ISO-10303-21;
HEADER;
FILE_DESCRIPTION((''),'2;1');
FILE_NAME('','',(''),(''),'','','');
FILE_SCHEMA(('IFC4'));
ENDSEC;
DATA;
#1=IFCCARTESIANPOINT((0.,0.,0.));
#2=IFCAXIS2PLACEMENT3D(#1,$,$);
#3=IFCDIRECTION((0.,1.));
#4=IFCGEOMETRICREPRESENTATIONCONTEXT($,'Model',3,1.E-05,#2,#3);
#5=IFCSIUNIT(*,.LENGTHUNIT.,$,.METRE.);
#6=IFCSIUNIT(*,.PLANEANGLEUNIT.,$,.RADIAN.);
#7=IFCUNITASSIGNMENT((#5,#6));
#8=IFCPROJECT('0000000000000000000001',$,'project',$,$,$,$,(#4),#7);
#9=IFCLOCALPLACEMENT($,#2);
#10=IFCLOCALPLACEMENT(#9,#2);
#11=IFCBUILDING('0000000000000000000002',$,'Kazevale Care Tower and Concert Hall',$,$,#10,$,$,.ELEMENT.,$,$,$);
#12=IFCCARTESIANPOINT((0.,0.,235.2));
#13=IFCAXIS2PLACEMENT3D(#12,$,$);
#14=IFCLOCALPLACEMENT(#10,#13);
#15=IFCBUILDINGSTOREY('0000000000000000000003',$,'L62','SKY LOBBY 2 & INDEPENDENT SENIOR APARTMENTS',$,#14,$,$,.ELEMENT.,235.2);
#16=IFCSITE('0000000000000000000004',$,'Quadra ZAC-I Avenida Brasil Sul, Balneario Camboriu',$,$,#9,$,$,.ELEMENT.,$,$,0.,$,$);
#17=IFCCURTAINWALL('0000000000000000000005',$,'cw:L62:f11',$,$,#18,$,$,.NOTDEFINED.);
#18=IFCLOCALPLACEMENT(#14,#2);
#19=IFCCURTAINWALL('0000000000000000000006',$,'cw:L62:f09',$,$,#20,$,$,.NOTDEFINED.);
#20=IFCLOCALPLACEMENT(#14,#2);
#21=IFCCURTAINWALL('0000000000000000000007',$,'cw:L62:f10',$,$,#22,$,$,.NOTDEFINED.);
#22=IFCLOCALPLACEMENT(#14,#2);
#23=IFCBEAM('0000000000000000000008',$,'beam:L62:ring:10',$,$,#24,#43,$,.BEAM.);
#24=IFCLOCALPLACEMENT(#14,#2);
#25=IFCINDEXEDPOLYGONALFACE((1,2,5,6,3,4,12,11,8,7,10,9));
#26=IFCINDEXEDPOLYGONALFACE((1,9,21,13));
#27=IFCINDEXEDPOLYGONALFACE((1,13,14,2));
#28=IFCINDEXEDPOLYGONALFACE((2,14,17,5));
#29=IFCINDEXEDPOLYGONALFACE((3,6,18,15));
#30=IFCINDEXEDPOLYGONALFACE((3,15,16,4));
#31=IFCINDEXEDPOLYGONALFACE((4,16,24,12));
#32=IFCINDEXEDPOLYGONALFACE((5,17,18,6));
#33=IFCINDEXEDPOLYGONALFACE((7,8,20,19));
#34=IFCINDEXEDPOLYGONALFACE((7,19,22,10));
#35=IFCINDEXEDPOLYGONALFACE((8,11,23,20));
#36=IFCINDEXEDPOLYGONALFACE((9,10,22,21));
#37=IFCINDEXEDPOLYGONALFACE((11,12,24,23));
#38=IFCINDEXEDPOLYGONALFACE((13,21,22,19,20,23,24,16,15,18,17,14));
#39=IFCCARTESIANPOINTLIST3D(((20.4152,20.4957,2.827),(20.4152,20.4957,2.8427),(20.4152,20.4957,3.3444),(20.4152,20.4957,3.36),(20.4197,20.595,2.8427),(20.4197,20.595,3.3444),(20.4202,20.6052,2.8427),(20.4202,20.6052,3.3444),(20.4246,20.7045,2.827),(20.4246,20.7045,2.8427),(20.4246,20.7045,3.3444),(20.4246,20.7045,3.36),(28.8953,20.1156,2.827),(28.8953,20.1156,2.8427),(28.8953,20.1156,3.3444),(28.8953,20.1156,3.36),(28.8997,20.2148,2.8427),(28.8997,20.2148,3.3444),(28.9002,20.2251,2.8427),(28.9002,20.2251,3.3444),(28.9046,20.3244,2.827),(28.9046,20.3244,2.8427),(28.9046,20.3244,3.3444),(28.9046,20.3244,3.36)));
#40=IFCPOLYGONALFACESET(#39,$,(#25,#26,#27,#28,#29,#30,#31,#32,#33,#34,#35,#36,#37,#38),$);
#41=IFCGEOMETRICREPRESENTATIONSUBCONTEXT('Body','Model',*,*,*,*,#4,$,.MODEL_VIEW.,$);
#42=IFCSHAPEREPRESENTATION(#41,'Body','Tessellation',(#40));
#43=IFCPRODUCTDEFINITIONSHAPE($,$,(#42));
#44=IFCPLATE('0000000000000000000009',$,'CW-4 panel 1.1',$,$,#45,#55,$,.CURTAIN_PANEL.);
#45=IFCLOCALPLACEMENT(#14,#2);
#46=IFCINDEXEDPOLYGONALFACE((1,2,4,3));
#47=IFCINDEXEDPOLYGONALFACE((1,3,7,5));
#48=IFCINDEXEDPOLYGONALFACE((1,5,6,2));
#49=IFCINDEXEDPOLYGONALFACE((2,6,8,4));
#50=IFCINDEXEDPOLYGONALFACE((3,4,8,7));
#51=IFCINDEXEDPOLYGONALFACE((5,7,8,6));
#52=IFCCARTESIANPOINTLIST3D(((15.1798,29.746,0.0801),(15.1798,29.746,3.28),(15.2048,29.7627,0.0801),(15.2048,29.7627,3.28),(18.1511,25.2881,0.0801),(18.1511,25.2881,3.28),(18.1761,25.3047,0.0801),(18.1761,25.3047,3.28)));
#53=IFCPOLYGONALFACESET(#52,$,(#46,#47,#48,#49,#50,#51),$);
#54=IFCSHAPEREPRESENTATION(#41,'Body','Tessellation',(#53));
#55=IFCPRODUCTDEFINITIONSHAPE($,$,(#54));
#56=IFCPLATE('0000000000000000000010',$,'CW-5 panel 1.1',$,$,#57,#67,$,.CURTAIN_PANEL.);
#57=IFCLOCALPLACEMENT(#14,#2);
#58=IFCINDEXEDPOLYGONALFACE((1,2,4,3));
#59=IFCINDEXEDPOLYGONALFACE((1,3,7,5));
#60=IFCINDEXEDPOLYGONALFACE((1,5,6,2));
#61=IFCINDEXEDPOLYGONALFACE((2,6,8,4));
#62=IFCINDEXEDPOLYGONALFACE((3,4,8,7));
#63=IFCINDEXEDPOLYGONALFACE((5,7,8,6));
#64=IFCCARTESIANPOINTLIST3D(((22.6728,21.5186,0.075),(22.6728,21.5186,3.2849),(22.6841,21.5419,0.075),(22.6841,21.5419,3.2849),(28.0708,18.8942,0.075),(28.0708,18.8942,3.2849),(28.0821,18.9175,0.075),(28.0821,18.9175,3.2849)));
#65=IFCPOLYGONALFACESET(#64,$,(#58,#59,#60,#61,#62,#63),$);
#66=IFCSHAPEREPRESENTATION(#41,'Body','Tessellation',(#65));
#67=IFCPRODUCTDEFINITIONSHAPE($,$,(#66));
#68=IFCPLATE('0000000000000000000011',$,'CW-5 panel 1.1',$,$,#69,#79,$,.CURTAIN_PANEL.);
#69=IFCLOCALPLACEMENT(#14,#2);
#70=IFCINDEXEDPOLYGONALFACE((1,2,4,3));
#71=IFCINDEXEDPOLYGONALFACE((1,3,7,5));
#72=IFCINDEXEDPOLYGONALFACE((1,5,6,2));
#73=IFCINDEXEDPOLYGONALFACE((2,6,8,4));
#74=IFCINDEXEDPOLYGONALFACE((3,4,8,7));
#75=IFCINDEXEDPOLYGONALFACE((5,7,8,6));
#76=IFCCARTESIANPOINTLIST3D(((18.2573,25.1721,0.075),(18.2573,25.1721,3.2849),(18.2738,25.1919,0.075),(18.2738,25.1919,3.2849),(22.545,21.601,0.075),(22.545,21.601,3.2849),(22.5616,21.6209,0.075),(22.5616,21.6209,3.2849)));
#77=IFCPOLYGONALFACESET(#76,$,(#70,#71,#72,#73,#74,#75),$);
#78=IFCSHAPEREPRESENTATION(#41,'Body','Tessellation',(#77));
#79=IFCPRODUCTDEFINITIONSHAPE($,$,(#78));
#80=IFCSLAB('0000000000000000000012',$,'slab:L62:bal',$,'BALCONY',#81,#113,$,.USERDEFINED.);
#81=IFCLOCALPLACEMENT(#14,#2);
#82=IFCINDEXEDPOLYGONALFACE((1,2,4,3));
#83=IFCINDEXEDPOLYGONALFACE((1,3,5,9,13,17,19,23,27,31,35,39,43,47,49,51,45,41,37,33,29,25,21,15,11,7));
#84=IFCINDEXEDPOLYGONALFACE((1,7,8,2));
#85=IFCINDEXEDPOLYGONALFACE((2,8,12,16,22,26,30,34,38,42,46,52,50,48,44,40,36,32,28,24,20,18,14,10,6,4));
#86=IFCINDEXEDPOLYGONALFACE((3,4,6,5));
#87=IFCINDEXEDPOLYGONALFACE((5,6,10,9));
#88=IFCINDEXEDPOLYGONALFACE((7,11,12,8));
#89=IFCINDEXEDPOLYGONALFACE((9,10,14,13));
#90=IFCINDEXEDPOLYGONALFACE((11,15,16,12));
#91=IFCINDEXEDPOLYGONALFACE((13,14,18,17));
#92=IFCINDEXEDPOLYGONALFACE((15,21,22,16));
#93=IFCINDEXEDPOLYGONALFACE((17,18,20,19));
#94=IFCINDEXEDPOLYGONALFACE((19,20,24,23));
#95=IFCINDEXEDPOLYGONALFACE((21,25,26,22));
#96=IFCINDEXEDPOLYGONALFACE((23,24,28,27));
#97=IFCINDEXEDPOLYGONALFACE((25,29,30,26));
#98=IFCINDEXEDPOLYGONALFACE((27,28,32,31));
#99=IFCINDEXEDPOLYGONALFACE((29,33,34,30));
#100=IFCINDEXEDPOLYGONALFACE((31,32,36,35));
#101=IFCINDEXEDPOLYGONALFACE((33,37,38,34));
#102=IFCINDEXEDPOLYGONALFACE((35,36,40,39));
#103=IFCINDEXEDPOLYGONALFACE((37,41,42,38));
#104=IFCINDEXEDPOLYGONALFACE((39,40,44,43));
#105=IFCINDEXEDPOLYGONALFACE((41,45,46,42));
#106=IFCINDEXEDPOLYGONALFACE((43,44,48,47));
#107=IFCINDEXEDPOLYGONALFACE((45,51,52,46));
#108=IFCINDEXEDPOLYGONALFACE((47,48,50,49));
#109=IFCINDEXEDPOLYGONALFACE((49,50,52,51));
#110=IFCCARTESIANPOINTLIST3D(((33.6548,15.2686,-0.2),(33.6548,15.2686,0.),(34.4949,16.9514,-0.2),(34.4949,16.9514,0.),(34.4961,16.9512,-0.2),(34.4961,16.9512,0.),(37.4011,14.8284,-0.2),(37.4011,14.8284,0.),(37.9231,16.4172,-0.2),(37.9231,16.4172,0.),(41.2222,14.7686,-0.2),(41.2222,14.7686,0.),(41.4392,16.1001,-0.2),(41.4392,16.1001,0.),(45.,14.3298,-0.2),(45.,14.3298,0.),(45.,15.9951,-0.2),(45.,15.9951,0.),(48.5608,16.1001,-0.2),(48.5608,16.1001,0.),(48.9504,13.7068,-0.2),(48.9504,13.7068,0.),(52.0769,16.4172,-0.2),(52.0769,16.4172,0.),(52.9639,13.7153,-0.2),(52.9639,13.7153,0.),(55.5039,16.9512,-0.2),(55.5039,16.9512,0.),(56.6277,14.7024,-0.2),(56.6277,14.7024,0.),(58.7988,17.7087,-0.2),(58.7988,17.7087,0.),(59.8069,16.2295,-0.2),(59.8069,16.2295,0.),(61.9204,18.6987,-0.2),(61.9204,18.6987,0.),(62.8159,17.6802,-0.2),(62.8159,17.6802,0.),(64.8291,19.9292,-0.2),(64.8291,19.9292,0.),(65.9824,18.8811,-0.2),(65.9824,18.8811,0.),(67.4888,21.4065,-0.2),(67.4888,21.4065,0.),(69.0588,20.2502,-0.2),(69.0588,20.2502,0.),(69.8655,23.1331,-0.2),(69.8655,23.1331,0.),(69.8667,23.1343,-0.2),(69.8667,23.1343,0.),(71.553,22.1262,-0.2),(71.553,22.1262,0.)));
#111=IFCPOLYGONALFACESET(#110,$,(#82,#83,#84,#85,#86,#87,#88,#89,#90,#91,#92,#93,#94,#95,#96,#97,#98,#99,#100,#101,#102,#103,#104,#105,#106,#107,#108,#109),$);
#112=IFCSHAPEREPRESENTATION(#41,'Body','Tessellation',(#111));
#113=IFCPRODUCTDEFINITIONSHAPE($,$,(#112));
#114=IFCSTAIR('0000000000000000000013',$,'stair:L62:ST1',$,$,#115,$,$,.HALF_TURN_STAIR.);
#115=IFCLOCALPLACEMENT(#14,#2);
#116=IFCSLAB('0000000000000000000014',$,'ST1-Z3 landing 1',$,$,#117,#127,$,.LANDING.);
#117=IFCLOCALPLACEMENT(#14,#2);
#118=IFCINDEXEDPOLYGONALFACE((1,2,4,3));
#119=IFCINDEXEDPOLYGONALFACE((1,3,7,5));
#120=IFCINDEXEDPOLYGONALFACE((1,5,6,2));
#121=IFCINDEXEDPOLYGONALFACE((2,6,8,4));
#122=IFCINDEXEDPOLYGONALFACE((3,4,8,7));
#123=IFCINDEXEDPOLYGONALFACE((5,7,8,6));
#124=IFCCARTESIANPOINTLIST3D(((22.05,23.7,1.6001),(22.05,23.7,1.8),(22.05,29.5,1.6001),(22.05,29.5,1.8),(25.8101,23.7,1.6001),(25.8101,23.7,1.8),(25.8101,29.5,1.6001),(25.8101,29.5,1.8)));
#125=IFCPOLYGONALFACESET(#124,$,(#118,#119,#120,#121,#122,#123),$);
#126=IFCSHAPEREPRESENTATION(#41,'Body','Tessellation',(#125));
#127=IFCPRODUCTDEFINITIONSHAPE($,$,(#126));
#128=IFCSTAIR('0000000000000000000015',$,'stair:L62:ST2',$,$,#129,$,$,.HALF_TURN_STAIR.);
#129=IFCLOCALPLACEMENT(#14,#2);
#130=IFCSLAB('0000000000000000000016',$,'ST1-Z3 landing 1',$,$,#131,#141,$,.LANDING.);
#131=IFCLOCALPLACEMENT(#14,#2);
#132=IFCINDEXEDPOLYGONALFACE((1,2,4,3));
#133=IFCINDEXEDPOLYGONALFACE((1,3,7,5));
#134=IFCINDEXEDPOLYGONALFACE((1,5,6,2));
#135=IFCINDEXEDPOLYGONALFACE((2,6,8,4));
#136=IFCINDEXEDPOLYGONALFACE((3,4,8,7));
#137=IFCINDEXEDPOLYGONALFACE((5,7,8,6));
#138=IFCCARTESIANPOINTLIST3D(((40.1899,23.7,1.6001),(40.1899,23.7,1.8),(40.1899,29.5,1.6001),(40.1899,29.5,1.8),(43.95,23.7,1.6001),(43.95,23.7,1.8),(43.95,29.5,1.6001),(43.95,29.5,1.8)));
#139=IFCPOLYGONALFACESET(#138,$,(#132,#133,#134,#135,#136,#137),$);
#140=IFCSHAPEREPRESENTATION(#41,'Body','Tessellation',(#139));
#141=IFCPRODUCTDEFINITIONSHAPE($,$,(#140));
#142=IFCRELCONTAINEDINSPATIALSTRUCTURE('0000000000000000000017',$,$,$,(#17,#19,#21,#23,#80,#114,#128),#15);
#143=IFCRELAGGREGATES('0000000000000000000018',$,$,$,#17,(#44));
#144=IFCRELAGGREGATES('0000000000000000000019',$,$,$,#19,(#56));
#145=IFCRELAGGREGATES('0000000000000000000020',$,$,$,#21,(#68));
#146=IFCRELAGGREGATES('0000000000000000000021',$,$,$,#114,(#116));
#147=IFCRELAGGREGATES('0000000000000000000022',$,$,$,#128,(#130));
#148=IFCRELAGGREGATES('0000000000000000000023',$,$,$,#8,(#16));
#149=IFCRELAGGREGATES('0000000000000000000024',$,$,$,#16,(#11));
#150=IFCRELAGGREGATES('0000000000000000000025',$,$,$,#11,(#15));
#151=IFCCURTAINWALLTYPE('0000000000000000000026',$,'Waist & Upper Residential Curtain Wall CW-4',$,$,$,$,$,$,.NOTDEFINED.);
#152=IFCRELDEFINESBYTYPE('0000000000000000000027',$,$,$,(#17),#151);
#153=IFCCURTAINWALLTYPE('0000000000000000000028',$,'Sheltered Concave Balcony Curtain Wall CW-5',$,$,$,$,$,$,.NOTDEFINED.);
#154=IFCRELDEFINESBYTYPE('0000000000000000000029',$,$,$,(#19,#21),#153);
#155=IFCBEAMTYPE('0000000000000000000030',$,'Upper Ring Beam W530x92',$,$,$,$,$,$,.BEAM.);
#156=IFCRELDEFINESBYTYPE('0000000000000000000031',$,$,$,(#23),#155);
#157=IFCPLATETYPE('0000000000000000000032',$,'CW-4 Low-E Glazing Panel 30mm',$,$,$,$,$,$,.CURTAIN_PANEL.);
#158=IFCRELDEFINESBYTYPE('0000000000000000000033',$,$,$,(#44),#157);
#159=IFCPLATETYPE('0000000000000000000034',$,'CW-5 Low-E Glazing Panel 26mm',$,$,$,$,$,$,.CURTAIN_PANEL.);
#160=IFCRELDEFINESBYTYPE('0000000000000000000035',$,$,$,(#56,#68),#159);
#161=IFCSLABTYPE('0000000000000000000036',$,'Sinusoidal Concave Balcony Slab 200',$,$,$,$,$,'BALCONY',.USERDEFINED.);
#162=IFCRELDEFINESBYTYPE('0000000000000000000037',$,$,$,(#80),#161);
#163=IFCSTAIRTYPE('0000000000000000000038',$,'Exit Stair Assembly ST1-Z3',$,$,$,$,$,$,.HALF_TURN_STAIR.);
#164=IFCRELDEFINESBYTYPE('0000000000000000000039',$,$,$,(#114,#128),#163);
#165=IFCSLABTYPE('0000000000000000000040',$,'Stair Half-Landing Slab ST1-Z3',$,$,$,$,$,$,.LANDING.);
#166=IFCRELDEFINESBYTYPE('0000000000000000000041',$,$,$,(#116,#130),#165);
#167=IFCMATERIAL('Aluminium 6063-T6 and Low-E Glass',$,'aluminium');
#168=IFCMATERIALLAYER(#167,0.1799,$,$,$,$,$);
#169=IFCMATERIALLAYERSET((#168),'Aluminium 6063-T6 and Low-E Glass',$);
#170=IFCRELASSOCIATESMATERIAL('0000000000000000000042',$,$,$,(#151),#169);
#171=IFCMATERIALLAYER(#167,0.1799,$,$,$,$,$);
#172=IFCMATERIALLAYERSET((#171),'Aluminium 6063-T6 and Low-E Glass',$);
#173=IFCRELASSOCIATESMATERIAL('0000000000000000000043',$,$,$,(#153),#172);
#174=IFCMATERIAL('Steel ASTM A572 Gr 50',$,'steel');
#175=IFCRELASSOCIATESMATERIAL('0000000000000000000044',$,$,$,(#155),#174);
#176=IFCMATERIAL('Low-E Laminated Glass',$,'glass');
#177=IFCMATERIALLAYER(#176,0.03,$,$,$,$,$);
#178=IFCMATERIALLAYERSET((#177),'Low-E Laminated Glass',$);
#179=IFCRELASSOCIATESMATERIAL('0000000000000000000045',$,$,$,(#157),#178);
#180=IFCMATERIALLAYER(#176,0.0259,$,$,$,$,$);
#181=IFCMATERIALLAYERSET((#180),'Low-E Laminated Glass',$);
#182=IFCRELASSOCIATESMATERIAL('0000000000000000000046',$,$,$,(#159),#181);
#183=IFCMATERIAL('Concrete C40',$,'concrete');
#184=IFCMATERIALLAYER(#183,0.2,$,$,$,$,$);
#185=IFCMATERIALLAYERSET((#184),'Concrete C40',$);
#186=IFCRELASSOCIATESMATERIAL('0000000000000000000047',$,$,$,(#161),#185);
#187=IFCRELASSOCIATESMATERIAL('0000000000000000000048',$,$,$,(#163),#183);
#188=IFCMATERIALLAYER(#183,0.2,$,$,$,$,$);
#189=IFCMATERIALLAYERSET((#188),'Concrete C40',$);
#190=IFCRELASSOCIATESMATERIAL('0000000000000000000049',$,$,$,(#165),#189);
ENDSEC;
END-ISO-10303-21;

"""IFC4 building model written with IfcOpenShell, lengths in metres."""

from ifc_helpers import new_model, si_unit, direction, frame, origin, origin_2d, place, context, subcontext, project, spatial, polyline, rectangle, i_section, outline, extrude, material, layer, layer_set, material_profile, profile_set, type_object, element, aggregate, save


model = new_model("IFC4")

# Units and contexts
model_context = context("Model", 3, precision=1e-05, world=origin(), true_north=direction((0.0, 1.0)))
body_context = subcontext(model_context, "Body", "Model", "MODEL_VIEW")
ifc_project = project(units=[si_unit("LENGTHUNIT", "METRE"), si_unit("PLANEANGLEUNIT", "RADIAN")], contexts=[model_context])

# Site, building, storey
site_placement = place(None, origin())
site = spatial("IfcSite", under=ifc_project, at=site_placement, Name="Quadra ZAC-I Avenida Brasil Sul, Balneario Camboriu", CompositionType="ELEMENT", RefElevation=0.0)
building_placement = place(site_placement, origin())
building = spatial("IfcBuilding", under=site, at=building_placement, Name="Kazevale Care Tower and Concert Hall", CompositionType="ELEMENT")
storey_placement = place(building_placement, frame((0.0, 0.0, 235.2)))
storey = spatial("IfcBuildingStorey", under=building, at=storey_placement, Name="L62", Description="SKY LOBBY 2 & INDEPENDENT SENIOR APARTMENTS", CompositionType="ELEMENT", Elevation=235.2)

# Curtain wall
ifc_material_1 = material(Name="Aluminium 6063-T6 and Low-E Glass", Category="aluminium")
ifc_layer_1 = layer(ifc_material_1, 0.1799)
ifc_layer_set_1 = layer_set([ifc_layer_1], Name="Aluminium 6063-T6 and Low-E Glass")
curtain_wall_type_1 = type_object("IfcCurtainWallType", Name="Waist & Upper Residential Curtain Wall CW-4", PredefinedType="NOTDEFINED", material=ifc_layer_set_1)
curtain_wall_1_placement = place(storey_placement, origin())
curtain_wall_1 = element("IfcCurtainWall", 1, at=curtain_wall_1_placement, inside=storey, type_object=curtain_wall_type_1, Name="cw:L62:f11", PredefinedType="NOTDEFINED")

# Curtain wall
ifc_layer_2 = layer(ifc_material_1, 0.1799)
ifc_layer_set_2 = layer_set([ifc_layer_2], Name="Aluminium 6063-T6 and Low-E Glass")
curtain_wall_type_2 = type_object("IfcCurtainWallType", Name="Sheltered Concave Balcony Curtain Wall CW-5", PredefinedType="NOTDEFINED", material=ifc_layer_set_2)
curtain_wall_2_placement = place(storey_placement, origin())
curtain_wall_2 = element("IfcCurtainWall", 2, at=curtain_wall_2_placement, inside=storey, type_object=curtain_wall_type_2, Name="cw:L62:f09", PredefinedType="NOTDEFINED")

# Curtain wall
curtain_wall_3_placement = place(storey_placement, origin())
curtain_wall_3 = element("IfcCurtainWall", 3, at=curtain_wall_3_placement, inside=storey, type_object=curtain_wall_type_2, Name="cw:L62:f10", PredefinedType="NOTDEFINED")

# Beam
ifc_material_2 = material(Name="Steel ASTM A572 Gr 50", Category="steel")
ifc_material_profile_1 = material_profile(ifc_material_2, i_section(OverallWidth=0.209, OverallDepth=0.533, WebThickness=0.0103, FlangeThickness=0.0156, at=origin_2d()), Name="W530x92")
ifc_profile_set_1 = profile_set([ifc_material_profile_1], Name="Steel ASTM A572 Gr 50")
beam_type_1 = type_object("IfcBeamType", Name="Upper Ring Beam W530x92", PredefinedType="BEAM", material=ifc_profile_set_1)
beam_1_placement = place(storey_placement, frame((20.4199, 20.6001, 3.0935), z_axis=(0.998997, -0.044781, 0.0), x_axis=(0.044781, 0.998997, 0.0)))
element("IfcBeam", 4, at=beam_1_placement, inside=storey, type_object=beam_type_1, Name="beam:L62:ring:10", PredefinedType="BEAM", context=body_context, shape_type="SweptSolid", body=[
    extrude(i_section(OverallWidth=0.209, OverallDepth=0.533, WebThickness=0.0103, FlangeThickness=0.0156, at=origin_2d()), origin(), (0.0, 0.0, 1.0), 8.4885),
])

# Plates
ifc_material_3 = material(Name="Low-E Laminated Glass", Category="glass")
ifc_layer_3 = layer(ifc_material_3, 0.03)
ifc_layer_set_3 = layer_set([ifc_layer_3], Name="Low-E Laminated Glass")
plate_type_1 = type_object("IfcPlateType", Name="CW-4 Low-E Glazing Panel 30mm", PredefinedType="CURTAIN_PANEL", material=ifc_layer_set_3)
plate_1_placement = place(storey_placement, frame((16.678, 27.5254, 0.0801), z_axis=(0.0, 0.0, 1.0), x_axis=(-0.554617, 0.832106, 0.0)))
plate_1 = element("IfcPlate", 5, at=plate_1_placement, type_object=plate_type_1, Name="CW-4 panel 1.1", PredefinedType="CURTAIN_PANEL", context=body_context, shape_type="SweptSolid", body=[
    extrude(rectangle(XDim=5.3574, YDim=0.03, at=origin_2d()), origin(), (0.0, 0.0, 1.0), 3.2),
])
aggregate(curtain_wall_1, [plate_1])
ifc_layer_4 = layer(ifc_material_3, 0.0259)
ifc_layer_set_4 = layer_set([ifc_layer_4], Name="Low-E Laminated Glass")
plate_type_2 = type_object("IfcPlateType", Name="CW-5 Low-E Glazing Panel 26mm", PredefinedType="CURTAIN_PANEL", material=ifc_layer_set_4)
plate_2_placement = place(storey_placement, frame((25.3774, 20.218, 0.075), z_axis=(0.0, 0.0, 1.0), x_axis=(-0.899346, 0.437238, 0.0)))
plate_2 = element("IfcPlate", 6, at=plate_2_placement, type_object=plate_type_2, Name="CW-5 panel 1.1", PredefinedType="CURTAIN_PANEL", context=body_context, shape_type="SweptSolid", body=[
    extrude(rectangle(XDim=6.0022, YDim=0.0259, at=origin_2d()), origin(), (0.0, 0.0, 1.0), 3.21),
])
aggregate(curtain_wall_2, [plate_2])
plate_3_placement = place(storey_placement, frame((20.4094, 23.3965, 0.075), z_axis=(0.0, 0.0, 1.0), x_axis=(-0.768407, 0.639961, 0.0)))
plate_3 = element("IfcPlate", 7, at=plate_3_placement, type_object=plate_type_2, Name="CW-5 panel 1.1", PredefinedType="CURTAIN_PANEL", context=body_context, shape_type="SweptSolid", body=[
    extrude(rectangle(XDim=5.5801, YDim=0.0259, at=origin_2d()), origin(), (0.0, 0.0, 1.0), 3.21),
])
aggregate(curtain_wall_3, [plate_3])

# Slab
ifc_material_4 = material(Name="Concrete C40", Category="concrete")
ifc_layer_5 = layer(ifc_material_4, 0.2)
ifc_layer_set_5 = layer_set([ifc_layer_5], Name="Concrete C40")
slab_type_1 = type_object("IfcSlabType", Name="Sinusoidal Concave Balcony Slab 200", ElementType="BALCONY", PredefinedType="USERDEFINED", material=ifc_layer_set_5)
slab_1_placement = place(storey_placement, frame((0.0, 0.0, -0.2)))
element("IfcSlab", 8, at=slab_1_placement, inside=storey, type_object=slab_type_1, Name="slab:L62:bal", ObjectType="BALCONY", PredefinedType="USERDEFINED", context=body_context, shape_type="SweptSolid", body=[
    extrude(outline(polyline([(71.553, 22.1262), (69.0588, 20.2502), (65.9824, 18.8811), (62.8159, 17.6802), (59.8069, 16.2295), (56.6277, 14.7024), (52.9639, 13.7153), (48.9504, 13.7068), (45.0, 14.3298), (41.2222, 14.7686), (37.4011, 14.8284), (33.6548, 15.2686), (34.4949, 16.9514), (34.4961, 16.9512), (37.9231, 16.4172), (41.4392, 16.1001), (45.0, 15.9951), (48.5608, 16.1001), (52.0769, 16.4172), (55.5039, 16.9512), (58.7988, 17.7087), (61.9204, 18.6987), (64.8291, 19.9292), (67.4888, 21.4065), (69.8655, 23.1331), (69.8667, 23.1343), (71.553, 22.1262)])), origin(), (0.0, 0.0, 1.0), 0.2),
])

# Stairs, slabs
stair_type = type_object("IfcStairType", Name="Exit Stair Assembly ST1-Z3", PredefinedType="HALF_TURN_STAIR", material=ifc_material_4)
stair_1_placement = place(storey_placement, origin())
stair_1 = element("IfcStair", 9, at=stair_1_placement, inside=storey, type_object=stair_type, Name="stair:L62:ST1", PredefinedType="HALF_TURN_STAIR")
ifc_layer_6 = layer(ifc_material_4, 0.2)
ifc_layer_set_6 = layer_set([ifc_layer_6], Name="Concrete C40")
slab_type_2 = type_object("IfcSlabType", Name="Stair Half-Landing Slab ST1-Z3", PredefinedType="LANDING", material=ifc_layer_set_6)
slab_2_placement = place(storey_placement, frame((0.0, 0.0, 1.6001)))
slab_2 = element("IfcSlab", 10, at=slab_2_placement, type_object=slab_type_2, Name="ST1-Z3 landing 1", PredefinedType="LANDING", context=body_context, shape_type="SweptSolid", body=[
    extrude(outline(polyline([(22.05, 23.7), (25.8101, 23.7), (25.8101, 29.5), (22.05, 29.5), (22.05, 23.7)])), origin(), (0.0, 0.0, 1.0), 0.2),
])
aggregate(stair_1, [slab_2])
stair_2_placement = place(storey_placement, origin())
stair_2 = element("IfcStair", 11, at=stair_2_placement, inside=storey, type_object=stair_type, Name="stair:L62:ST2", PredefinedType="HALF_TURN_STAIR")
slab_3_placement = place(storey_placement, frame((0.0, 0.0, 1.6001)))
slab_3 = element("IfcSlab", 12, at=slab_3_placement, type_object=slab_type_2, Name="ST1-Z3 landing 1", PredefinedType="LANDING", context=body_context, shape_type="SweptSolid", body=[
    extrude(outline(polyline([(40.1899, 23.7), (43.95, 23.7), (43.95, 29.5), (40.1899, 29.5), (40.1899, 23.7)])), origin(), (0.0, 0.0, 1.0), 0.2),
])
aggregate(stair_2, [slab_3])

save(model, "model.ifc")
